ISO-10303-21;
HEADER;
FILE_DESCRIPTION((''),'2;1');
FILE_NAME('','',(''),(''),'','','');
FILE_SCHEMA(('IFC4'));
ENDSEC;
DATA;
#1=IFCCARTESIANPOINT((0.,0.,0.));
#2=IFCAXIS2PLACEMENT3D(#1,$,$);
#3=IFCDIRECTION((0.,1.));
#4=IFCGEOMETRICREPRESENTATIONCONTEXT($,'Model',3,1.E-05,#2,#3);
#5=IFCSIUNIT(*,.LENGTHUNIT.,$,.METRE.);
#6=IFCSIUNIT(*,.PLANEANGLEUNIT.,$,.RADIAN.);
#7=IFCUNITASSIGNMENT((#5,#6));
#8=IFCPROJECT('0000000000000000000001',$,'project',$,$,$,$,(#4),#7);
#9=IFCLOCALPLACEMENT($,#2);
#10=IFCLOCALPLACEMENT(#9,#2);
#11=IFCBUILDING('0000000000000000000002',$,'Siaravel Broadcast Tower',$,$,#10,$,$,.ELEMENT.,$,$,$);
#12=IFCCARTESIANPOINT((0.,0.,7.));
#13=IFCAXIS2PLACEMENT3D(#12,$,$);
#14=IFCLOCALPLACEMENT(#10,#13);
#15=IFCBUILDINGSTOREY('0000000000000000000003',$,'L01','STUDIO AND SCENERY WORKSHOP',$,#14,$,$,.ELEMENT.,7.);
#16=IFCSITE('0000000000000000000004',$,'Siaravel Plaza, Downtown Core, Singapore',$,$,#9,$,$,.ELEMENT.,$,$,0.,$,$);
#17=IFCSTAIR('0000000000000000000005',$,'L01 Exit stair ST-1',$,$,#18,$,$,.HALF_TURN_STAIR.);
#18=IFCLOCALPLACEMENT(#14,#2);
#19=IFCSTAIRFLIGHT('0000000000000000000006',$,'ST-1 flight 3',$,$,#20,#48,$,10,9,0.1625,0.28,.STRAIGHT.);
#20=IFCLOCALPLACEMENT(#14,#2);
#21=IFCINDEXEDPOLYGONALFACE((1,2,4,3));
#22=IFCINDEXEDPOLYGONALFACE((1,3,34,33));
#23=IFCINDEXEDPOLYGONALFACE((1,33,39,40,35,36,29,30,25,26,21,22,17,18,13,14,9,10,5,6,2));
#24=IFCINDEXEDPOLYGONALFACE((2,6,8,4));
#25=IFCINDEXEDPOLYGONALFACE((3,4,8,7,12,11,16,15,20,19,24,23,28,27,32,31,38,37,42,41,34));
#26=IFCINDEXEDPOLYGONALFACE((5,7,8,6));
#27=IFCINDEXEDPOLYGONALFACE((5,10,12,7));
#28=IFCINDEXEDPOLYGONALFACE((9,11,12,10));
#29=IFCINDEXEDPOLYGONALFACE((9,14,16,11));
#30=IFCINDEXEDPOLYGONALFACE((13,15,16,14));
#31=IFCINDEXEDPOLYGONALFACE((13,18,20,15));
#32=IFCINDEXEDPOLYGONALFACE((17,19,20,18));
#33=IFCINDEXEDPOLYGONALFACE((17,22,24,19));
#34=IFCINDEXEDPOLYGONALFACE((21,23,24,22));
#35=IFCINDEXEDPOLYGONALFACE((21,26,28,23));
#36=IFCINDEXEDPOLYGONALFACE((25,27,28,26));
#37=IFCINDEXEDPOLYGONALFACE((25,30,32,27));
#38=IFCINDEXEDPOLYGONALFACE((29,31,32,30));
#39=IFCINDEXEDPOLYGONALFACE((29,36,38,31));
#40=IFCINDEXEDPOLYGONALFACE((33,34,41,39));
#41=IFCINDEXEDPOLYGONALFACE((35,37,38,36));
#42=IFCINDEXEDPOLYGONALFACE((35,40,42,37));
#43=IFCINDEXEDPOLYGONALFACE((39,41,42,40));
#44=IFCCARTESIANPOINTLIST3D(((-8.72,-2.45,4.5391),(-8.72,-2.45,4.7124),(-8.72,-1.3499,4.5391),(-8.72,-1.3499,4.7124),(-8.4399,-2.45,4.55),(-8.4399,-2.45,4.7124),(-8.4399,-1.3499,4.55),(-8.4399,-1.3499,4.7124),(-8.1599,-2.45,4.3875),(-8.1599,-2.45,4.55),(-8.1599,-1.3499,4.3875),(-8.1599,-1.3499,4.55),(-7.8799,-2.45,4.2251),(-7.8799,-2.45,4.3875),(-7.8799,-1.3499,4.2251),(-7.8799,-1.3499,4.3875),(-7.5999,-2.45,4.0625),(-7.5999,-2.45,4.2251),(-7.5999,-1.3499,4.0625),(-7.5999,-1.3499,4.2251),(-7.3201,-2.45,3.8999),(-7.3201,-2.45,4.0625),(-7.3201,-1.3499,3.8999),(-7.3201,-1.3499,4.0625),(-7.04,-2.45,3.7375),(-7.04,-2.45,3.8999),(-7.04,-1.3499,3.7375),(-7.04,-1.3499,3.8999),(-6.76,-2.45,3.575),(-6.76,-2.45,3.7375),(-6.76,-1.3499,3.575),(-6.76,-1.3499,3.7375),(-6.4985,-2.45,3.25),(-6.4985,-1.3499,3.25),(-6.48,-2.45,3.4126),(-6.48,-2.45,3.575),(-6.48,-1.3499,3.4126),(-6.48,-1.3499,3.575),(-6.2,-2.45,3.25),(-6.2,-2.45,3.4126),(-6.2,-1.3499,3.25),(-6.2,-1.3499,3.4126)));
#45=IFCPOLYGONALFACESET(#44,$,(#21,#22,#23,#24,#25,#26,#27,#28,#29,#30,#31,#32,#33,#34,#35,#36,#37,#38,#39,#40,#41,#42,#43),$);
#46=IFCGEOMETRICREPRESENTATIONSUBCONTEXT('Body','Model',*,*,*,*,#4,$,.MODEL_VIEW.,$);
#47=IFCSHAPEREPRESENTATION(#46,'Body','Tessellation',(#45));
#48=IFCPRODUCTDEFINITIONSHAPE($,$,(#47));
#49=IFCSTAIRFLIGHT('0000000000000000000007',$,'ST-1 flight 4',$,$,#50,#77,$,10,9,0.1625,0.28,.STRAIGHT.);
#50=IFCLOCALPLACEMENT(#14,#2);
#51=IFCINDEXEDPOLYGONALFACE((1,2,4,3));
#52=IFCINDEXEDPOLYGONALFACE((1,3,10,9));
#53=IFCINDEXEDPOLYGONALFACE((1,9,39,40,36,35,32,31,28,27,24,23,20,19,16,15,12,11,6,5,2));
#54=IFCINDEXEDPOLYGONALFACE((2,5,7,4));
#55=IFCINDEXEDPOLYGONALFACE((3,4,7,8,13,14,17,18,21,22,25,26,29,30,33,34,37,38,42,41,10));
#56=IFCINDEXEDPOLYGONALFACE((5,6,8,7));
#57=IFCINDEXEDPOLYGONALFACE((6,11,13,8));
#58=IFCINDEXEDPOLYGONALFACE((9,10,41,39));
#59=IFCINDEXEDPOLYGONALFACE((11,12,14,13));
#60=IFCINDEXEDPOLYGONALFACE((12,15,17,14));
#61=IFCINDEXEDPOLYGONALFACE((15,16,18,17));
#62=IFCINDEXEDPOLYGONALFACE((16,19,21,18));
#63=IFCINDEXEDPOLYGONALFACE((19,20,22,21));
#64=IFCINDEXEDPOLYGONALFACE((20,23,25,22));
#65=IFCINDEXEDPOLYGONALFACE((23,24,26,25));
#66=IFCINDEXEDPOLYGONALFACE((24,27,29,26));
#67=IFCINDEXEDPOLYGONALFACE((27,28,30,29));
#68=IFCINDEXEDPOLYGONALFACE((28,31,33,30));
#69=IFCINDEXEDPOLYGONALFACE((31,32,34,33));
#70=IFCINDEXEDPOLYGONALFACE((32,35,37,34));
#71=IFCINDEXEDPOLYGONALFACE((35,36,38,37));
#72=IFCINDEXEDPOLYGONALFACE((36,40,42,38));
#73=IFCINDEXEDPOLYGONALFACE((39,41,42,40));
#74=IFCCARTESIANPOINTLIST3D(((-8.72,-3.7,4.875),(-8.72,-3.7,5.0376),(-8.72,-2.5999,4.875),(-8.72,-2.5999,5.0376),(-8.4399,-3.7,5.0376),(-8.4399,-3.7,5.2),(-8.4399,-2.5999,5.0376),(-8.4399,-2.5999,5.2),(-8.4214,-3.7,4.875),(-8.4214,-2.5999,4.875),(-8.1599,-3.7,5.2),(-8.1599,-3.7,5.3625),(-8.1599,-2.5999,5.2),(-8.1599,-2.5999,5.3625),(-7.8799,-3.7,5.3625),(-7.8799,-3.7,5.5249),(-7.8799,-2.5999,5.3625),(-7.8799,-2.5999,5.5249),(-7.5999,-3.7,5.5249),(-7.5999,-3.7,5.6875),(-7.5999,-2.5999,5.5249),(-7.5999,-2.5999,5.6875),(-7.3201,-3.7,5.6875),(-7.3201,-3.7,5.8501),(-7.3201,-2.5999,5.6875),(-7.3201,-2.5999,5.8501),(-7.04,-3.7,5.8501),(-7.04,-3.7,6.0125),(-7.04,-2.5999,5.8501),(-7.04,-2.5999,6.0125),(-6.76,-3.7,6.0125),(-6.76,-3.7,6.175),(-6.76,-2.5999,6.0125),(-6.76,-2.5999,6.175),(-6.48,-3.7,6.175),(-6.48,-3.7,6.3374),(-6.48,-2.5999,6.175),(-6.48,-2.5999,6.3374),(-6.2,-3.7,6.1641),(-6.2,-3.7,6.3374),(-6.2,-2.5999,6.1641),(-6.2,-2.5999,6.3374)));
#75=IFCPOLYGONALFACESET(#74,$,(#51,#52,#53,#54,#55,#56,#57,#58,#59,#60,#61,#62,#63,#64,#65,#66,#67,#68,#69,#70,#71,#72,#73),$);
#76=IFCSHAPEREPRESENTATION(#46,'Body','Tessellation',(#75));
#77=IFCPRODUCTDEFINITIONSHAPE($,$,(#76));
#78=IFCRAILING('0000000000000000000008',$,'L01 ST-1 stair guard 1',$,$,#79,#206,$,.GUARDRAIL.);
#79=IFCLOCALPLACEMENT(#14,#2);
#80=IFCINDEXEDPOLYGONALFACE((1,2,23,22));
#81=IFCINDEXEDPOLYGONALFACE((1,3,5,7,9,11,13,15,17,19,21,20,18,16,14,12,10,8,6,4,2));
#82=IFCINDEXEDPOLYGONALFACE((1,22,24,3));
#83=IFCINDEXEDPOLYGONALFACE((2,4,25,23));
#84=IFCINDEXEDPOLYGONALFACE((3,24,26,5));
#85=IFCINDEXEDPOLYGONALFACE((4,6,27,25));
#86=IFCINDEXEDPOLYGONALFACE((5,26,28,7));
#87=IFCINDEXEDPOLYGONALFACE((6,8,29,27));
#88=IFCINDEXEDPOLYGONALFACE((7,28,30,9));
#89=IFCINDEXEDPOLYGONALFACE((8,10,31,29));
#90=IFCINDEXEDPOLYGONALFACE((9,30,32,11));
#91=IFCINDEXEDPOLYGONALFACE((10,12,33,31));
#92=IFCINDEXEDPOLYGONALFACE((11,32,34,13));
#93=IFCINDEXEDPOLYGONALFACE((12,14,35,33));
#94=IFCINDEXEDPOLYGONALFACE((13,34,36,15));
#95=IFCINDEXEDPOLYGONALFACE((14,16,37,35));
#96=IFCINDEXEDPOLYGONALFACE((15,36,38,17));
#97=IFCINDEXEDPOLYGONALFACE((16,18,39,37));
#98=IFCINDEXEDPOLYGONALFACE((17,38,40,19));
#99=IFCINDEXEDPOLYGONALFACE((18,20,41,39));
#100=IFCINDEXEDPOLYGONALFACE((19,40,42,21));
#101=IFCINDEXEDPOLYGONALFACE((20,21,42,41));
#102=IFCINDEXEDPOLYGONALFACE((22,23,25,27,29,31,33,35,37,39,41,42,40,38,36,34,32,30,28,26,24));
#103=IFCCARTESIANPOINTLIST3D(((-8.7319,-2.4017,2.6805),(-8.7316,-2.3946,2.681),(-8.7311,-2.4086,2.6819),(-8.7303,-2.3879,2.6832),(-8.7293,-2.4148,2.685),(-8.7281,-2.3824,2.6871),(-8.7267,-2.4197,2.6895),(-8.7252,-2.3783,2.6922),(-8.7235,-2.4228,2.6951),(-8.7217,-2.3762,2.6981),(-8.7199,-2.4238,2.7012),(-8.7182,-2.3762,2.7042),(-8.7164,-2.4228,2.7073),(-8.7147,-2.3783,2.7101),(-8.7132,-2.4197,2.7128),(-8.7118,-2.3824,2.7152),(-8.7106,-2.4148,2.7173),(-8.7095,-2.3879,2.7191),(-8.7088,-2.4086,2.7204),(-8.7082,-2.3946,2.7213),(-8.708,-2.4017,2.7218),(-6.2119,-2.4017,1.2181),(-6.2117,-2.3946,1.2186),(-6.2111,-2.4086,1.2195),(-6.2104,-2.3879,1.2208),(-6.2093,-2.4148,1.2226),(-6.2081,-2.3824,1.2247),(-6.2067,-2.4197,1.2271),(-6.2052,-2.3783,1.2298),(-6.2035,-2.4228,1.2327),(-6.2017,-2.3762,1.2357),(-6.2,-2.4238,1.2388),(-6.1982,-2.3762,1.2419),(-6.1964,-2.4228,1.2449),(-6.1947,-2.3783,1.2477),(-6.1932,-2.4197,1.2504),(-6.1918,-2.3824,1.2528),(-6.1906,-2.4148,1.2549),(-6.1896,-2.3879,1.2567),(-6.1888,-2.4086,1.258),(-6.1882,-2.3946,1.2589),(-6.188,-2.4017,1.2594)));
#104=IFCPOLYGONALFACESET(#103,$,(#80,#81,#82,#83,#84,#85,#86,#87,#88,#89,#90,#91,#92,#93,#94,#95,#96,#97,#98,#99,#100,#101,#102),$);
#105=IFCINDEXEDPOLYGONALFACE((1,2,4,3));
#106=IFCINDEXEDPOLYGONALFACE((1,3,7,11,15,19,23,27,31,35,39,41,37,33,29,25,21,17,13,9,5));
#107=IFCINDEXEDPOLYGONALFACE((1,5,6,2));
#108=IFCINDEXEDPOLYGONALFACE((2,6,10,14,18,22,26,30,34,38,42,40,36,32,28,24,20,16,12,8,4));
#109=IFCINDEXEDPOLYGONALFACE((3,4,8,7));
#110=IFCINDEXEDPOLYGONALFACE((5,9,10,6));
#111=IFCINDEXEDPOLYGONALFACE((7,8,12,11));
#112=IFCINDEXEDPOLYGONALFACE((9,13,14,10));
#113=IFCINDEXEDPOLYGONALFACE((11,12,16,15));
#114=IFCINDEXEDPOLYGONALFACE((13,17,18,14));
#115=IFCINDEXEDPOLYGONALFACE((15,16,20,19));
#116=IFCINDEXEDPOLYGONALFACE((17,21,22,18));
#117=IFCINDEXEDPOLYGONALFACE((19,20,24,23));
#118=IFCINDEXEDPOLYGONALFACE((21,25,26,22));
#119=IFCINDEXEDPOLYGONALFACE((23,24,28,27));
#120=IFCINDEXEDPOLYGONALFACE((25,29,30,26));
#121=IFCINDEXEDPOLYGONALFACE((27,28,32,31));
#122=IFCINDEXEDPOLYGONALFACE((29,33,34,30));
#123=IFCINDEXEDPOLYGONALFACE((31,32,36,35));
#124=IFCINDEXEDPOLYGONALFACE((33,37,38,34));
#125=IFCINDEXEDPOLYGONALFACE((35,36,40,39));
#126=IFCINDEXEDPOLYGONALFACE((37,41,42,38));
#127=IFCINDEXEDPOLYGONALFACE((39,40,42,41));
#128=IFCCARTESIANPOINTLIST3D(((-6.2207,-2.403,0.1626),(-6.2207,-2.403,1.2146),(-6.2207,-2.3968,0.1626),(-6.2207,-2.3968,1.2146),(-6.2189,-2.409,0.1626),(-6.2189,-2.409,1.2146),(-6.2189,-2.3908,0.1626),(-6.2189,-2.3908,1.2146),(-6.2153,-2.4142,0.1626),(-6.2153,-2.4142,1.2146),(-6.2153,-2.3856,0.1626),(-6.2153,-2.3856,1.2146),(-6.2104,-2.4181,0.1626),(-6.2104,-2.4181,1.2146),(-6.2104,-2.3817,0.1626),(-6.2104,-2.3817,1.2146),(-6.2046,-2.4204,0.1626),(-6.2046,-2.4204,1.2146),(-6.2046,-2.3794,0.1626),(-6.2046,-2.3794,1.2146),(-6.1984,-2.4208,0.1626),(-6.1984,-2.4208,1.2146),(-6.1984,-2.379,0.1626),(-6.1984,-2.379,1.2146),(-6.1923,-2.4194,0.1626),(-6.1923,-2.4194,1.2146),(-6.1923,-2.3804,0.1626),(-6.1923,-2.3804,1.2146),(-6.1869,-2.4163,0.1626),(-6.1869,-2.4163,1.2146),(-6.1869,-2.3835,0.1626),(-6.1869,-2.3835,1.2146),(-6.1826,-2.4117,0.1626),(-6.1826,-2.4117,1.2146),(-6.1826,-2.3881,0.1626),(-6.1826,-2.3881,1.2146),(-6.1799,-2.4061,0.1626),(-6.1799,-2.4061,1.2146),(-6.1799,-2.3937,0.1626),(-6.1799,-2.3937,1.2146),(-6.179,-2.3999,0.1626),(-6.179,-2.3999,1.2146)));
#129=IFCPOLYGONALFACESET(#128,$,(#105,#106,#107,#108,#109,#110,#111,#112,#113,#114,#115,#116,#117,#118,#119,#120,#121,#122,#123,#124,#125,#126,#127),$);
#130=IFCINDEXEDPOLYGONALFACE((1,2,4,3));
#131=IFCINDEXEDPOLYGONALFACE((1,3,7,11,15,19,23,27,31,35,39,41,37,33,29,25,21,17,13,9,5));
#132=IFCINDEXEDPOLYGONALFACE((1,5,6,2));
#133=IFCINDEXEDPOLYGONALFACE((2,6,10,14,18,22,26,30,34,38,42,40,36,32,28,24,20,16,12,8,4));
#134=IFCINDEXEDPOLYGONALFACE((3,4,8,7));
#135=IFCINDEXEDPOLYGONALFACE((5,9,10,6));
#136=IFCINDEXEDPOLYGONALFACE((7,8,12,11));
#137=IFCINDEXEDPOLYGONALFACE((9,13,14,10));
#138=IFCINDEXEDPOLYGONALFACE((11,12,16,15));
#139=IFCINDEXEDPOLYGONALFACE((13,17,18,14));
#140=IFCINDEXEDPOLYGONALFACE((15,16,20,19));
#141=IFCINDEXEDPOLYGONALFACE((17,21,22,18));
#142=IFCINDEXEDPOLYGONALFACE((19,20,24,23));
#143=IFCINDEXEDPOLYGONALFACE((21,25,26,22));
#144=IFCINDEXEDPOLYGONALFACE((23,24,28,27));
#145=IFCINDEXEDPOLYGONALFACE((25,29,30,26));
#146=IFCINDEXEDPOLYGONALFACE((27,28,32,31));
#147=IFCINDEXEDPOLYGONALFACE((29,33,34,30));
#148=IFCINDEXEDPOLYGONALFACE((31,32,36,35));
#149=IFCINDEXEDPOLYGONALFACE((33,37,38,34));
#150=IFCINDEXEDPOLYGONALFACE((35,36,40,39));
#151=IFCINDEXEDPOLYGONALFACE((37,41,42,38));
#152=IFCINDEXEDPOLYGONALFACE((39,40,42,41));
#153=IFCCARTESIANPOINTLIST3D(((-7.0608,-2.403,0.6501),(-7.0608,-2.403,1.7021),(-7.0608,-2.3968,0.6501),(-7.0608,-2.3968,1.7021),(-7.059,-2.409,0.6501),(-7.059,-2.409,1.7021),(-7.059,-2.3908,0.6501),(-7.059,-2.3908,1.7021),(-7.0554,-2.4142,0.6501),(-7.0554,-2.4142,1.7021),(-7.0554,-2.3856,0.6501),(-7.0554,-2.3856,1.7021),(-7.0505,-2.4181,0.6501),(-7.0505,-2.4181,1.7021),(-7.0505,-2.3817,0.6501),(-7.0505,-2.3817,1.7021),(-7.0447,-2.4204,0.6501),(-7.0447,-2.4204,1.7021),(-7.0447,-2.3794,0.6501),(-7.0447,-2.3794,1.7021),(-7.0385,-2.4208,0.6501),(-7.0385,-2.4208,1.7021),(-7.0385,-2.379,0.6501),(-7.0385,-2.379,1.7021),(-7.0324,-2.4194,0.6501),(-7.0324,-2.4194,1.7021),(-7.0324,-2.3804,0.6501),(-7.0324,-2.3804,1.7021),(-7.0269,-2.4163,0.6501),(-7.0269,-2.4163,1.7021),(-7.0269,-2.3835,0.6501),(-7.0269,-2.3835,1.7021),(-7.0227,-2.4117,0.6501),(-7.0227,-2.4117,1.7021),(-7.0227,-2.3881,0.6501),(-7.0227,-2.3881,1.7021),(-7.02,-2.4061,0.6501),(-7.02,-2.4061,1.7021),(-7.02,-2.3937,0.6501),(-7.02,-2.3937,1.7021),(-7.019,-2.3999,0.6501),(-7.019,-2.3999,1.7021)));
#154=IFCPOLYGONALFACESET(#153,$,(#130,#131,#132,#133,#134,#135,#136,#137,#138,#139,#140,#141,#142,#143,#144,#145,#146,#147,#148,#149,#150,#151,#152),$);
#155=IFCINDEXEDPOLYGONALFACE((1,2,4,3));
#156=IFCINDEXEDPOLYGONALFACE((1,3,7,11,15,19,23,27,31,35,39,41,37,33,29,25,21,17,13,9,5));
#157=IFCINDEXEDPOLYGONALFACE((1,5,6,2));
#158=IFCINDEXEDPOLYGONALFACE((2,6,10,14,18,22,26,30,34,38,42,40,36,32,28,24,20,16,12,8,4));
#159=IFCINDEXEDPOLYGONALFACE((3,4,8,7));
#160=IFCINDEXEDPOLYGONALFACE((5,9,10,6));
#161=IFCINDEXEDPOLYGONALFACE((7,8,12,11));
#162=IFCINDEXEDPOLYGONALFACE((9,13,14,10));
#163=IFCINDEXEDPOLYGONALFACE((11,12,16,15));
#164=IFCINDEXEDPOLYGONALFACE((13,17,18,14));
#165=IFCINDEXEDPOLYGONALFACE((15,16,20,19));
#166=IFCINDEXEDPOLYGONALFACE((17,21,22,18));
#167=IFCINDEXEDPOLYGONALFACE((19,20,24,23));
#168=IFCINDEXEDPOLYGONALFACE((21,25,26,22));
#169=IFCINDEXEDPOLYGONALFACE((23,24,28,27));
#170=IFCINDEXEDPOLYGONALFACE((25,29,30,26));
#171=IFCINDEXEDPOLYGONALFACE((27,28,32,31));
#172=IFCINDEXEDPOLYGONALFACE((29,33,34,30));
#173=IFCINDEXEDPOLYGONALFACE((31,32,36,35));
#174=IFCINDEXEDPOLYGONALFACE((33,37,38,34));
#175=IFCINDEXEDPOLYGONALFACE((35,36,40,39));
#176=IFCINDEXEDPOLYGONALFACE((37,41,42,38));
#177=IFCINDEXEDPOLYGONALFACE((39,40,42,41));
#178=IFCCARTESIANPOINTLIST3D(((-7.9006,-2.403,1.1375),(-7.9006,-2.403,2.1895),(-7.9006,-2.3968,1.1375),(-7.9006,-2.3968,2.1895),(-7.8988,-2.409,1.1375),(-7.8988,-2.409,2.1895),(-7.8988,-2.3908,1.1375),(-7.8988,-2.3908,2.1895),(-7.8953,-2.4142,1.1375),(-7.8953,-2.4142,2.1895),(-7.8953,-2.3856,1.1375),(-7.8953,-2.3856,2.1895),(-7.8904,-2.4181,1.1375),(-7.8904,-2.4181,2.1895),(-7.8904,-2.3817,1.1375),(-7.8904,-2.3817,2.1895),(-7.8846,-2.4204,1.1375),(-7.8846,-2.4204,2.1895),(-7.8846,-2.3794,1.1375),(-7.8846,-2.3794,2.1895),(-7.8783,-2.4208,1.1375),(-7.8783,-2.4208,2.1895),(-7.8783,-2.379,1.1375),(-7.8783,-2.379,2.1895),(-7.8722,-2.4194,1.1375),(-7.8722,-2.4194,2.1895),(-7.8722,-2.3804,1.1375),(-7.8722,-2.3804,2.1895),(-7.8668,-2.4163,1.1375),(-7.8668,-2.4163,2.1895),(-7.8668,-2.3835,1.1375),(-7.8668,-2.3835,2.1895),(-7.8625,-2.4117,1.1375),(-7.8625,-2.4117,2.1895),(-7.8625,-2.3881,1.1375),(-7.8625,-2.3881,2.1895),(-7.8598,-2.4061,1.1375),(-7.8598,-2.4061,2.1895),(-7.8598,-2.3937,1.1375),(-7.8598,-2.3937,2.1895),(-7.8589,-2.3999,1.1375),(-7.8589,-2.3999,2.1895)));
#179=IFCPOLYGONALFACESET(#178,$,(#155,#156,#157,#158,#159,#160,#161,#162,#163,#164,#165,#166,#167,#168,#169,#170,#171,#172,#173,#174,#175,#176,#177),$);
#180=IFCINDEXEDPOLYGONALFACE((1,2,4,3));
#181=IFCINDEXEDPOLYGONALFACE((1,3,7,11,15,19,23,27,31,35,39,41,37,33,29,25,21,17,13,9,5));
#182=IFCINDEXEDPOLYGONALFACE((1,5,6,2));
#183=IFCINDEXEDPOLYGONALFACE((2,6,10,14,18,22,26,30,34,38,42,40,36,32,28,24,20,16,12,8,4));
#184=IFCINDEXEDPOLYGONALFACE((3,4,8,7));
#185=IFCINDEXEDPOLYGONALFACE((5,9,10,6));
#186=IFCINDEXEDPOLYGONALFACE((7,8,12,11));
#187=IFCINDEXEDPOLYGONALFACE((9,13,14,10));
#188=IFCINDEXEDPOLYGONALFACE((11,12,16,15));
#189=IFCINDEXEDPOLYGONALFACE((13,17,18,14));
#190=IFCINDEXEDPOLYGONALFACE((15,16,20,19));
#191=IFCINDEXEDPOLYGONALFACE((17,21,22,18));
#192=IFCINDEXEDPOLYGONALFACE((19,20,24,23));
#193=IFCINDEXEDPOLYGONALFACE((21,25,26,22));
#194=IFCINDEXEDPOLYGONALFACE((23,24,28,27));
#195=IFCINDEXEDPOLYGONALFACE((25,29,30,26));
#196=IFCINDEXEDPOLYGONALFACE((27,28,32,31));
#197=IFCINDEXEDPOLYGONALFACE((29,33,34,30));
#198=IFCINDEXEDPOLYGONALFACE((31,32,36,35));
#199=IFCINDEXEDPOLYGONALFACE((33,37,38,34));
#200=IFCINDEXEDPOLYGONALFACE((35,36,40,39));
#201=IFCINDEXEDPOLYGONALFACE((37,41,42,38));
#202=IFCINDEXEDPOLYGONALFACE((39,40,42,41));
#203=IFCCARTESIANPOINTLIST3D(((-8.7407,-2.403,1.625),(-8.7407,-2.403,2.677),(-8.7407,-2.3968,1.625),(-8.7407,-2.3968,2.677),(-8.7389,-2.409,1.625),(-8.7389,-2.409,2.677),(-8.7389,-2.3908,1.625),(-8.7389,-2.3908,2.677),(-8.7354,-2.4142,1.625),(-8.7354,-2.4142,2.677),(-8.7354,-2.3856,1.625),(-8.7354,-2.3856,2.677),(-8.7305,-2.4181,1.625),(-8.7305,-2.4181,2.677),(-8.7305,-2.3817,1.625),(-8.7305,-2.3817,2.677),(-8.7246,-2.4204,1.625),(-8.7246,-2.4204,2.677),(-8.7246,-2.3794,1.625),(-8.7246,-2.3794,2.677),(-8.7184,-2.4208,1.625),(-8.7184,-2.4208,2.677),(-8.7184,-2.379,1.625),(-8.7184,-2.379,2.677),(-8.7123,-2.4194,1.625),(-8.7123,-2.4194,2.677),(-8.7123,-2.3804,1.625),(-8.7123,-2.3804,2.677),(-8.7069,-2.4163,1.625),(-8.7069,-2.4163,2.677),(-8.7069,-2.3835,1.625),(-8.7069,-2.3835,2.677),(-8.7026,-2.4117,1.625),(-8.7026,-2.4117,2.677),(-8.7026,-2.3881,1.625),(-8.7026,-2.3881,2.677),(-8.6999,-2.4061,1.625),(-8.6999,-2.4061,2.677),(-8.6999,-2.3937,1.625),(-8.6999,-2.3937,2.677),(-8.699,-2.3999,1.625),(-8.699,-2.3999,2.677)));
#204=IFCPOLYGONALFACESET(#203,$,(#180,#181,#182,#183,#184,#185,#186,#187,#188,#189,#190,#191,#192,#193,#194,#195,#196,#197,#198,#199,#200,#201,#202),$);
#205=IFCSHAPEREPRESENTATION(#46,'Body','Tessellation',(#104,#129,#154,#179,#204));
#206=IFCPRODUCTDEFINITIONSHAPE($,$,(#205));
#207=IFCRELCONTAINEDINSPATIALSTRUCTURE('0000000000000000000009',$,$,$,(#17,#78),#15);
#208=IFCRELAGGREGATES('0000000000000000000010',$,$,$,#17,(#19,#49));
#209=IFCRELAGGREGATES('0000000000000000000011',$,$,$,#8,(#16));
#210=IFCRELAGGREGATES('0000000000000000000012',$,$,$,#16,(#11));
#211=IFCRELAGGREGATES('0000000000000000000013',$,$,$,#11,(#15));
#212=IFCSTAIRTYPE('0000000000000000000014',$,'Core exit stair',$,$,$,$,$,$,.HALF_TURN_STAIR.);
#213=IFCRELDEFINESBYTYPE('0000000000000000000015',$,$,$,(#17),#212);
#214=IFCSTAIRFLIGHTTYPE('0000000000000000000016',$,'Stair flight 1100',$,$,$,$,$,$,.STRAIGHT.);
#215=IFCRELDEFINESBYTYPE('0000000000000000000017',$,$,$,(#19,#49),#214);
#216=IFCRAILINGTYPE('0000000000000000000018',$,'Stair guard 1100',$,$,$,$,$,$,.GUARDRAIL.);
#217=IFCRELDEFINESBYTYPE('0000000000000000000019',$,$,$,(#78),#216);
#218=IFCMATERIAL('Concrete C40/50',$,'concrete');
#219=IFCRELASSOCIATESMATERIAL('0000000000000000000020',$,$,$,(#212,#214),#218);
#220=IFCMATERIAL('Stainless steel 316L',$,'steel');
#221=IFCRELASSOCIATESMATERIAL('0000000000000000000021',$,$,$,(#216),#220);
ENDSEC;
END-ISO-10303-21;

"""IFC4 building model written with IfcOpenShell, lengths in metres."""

from ifc_helpers import new_model, si_unit, direction, frame, origin, origin_2d, place, context, subcontext, project, spatial, polyline, circle, outline, extrude, material, type_object, element, aggregate, save


model = new_model("IFC4")

# Units and contexts
model_context = context("Model", 3, precision=1e-05, world=origin(), true_north=direction((0.0, 1.0)))
body_context = subcontext(model_context, "Body", "Model", "MODEL_VIEW")
ifc_project = project(units=[si_unit("LENGTHUNIT", "METRE"), si_unit("PLANEANGLEUNIT", "RADIAN")], contexts=[model_context])

# Site, building, storey
site_placement = place(None, origin())
site = spatial("IfcSite", under=ifc_project, at=site_placement, Name="Siaravel Plaza, Downtown Core, Singapore", CompositionType="ELEMENT", RefElevation=0.0)
building_placement = place(site_placement, origin())
building = spatial("IfcBuilding", under=site, at=building_placement, Name="Siaravel Broadcast Tower", CompositionType="ELEMENT")
storey_placement = place(building_placement, frame((0.0, 0.0, 7.0)))
storey = spatial("IfcBuildingStorey", under=building, at=storey_placement, Name="L01", Description="STUDIO AND SCENERY WORKSHOP", CompositionType="ELEMENT", Elevation=7.0)

# Stair, stair flights
ifc_material_1 = material(Name="Concrete C40/50", Category="concrete")
stair_type = type_object("IfcStairType", Name="Core exit stair", PredefinedType="HALF_TURN_STAIR", material=ifc_material_1)
stair_placement = place(storey_placement, origin())
stair = element("IfcStair", 1, at=stair_placement, inside=storey, type_object=stair_type, Name="L01 Exit stair ST-1", PredefinedType="HALF_TURN_STAIR")
stair_flight_type = type_object("IfcStairFlightType", Name="Stair flight 1100", PredefinedType="STRAIGHT", material=ifc_material_1)
stair_flight_1_placement = place(storey_placement, frame((-6.2, -1.8999, 3.25), z_axis=(0.0, 0.0, 1.0), x_axis=(-1.0, 0.0, 0.0)))
stair_flight_1 = element("IfcStairFlight", 2, at=stair_flight_1_placement, type_object=stair_flight_type, Name="ST-1 flight 3", NumberOfRisers=10, NumberOfTreads=9, PredefinedType="STRAIGHT", RiserHeight=0.1625, TreadLength=0.28, context=body_context, shape_type="SweptSolid", body=[
    extrude(outline(polyline([(0.0, 0.0), (0.0, 0.1626), (0.28, 0.1626), (0.28, 0.325), (0.5601, 0.325), (0.5601, 0.4875), (0.8401, 0.4875), (0.8401, 0.6499), (1.1201, 0.6499), (1.1201, 0.8125), (1.3999, 0.8125), (1.3999, 0.9751), (1.6799, 0.9751), (1.6799, 1.1375), (1.96, 1.1375), (1.96, 1.3), (2.24, 1.3), (2.24, 1.4624), (2.52, 1.4624), (2.52, 1.625), (2.52, 1.2891), (0.2986, 0.0), (0.0, 0.0)])), frame((0.0, 0.55, 0.0), z_axis=(0.0, -1.0, 0.0), x_axis=(1.0, 0.0, 0.0)), (0.0, 0.0, 1.0), 1.1001),
])
stair_flight_2_placement = place(storey_placement, frame((-8.72, -3.1499, 4.875), z_axis=(0.0, 0.0, 1.0), x_axis=(1.0, 0.0, 0.0)))
stair_flight_2 = element("IfcStairFlight", 3, at=stair_flight_2_placement, type_object=stair_flight_type, Name="ST-1 flight 4", NumberOfRisers=10, NumberOfTreads=9, PredefinedType="STRAIGHT", RiserHeight=0.1625, TreadLength=0.28, context=body_context, shape_type="SweptSolid", body=[
    extrude(outline(polyline([(0.0, 0.0), (0.0, 0.1626), (0.28, 0.1626), (0.28, 0.325), (0.5601, 0.325), (0.5601, 0.4875), (0.8401, 0.4875), (0.8401, 0.6499), (1.1201, 0.6499), (1.1201, 0.8125), (1.3999, 0.8125), (1.3999, 0.9751), (1.6799, 0.9751), (1.6799, 1.1375), (1.96, 1.1375), (1.96, 1.3), (2.24, 1.3), (2.24, 1.4624), (2.52, 1.4624), (2.52, 1.625), (2.52, 1.2891), (0.2986, 0.0), (0.0, 0.0)])), frame((0.0, 0.55, 0.0), z_axis=(0.0, -1.0, 0.0), x_axis=(1.0, 0.0, 0.0)), (0.0, 0.0, 1.0), 1.1001),
])
aggregate(stair, [stair_flight_1, stair_flight_2])

# Railing
ifc_material_2 = material(Name="Stainless steel 316L", Category="steel")
railing_type_1 = type_object("IfcRailingType", Name="Stair guard 1100", PredefinedType="GUARDRAIL", material=ifc_material_2)
railing_1_placement = place(storey_placement, frame((-6.2, -2.3999, 0.1626)))
element("IfcRailing", 4, at=railing_1_placement, inside=storey, type_object=railing_type_1, Name="L01 ST-1 stair guard 1", PredefinedType="GUARDRAIL", context=body_context, shape_type="SweptSolid", body=[
    extrude(circle(Radius=0.0239, at=origin_2d()), frame((0.0, 0.0, 1.0762), z_axis=(-0.864913, 0.0, 0.501921), x_axis=(0.0, -1.0, 0.0)), (0.0, 0.0, 1.0), 2.9136),
    extrude(circle(Radius=0.021, at=origin_2d()), origin(), (0.0, 0.0, 1.0), 1.052),
    extrude(circle(Radius=0.021, at=origin_2d()), frame((-0.8401, 0.0, 0.4875)), (0.0, 0.0, 1.0), 1.052),
    extrude(circle(Radius=0.021, at=origin_2d()), frame((-1.6799, 0.0, 0.9749)), (0.0, 0.0, 1.0), 1.052),
    extrude(circle(Radius=0.021, at=origin_2d()), frame((-2.52, 0.0, 1.4624)), (0.0, 0.0, 1.0), 1.052),
])

save(model, "model.ifc")
